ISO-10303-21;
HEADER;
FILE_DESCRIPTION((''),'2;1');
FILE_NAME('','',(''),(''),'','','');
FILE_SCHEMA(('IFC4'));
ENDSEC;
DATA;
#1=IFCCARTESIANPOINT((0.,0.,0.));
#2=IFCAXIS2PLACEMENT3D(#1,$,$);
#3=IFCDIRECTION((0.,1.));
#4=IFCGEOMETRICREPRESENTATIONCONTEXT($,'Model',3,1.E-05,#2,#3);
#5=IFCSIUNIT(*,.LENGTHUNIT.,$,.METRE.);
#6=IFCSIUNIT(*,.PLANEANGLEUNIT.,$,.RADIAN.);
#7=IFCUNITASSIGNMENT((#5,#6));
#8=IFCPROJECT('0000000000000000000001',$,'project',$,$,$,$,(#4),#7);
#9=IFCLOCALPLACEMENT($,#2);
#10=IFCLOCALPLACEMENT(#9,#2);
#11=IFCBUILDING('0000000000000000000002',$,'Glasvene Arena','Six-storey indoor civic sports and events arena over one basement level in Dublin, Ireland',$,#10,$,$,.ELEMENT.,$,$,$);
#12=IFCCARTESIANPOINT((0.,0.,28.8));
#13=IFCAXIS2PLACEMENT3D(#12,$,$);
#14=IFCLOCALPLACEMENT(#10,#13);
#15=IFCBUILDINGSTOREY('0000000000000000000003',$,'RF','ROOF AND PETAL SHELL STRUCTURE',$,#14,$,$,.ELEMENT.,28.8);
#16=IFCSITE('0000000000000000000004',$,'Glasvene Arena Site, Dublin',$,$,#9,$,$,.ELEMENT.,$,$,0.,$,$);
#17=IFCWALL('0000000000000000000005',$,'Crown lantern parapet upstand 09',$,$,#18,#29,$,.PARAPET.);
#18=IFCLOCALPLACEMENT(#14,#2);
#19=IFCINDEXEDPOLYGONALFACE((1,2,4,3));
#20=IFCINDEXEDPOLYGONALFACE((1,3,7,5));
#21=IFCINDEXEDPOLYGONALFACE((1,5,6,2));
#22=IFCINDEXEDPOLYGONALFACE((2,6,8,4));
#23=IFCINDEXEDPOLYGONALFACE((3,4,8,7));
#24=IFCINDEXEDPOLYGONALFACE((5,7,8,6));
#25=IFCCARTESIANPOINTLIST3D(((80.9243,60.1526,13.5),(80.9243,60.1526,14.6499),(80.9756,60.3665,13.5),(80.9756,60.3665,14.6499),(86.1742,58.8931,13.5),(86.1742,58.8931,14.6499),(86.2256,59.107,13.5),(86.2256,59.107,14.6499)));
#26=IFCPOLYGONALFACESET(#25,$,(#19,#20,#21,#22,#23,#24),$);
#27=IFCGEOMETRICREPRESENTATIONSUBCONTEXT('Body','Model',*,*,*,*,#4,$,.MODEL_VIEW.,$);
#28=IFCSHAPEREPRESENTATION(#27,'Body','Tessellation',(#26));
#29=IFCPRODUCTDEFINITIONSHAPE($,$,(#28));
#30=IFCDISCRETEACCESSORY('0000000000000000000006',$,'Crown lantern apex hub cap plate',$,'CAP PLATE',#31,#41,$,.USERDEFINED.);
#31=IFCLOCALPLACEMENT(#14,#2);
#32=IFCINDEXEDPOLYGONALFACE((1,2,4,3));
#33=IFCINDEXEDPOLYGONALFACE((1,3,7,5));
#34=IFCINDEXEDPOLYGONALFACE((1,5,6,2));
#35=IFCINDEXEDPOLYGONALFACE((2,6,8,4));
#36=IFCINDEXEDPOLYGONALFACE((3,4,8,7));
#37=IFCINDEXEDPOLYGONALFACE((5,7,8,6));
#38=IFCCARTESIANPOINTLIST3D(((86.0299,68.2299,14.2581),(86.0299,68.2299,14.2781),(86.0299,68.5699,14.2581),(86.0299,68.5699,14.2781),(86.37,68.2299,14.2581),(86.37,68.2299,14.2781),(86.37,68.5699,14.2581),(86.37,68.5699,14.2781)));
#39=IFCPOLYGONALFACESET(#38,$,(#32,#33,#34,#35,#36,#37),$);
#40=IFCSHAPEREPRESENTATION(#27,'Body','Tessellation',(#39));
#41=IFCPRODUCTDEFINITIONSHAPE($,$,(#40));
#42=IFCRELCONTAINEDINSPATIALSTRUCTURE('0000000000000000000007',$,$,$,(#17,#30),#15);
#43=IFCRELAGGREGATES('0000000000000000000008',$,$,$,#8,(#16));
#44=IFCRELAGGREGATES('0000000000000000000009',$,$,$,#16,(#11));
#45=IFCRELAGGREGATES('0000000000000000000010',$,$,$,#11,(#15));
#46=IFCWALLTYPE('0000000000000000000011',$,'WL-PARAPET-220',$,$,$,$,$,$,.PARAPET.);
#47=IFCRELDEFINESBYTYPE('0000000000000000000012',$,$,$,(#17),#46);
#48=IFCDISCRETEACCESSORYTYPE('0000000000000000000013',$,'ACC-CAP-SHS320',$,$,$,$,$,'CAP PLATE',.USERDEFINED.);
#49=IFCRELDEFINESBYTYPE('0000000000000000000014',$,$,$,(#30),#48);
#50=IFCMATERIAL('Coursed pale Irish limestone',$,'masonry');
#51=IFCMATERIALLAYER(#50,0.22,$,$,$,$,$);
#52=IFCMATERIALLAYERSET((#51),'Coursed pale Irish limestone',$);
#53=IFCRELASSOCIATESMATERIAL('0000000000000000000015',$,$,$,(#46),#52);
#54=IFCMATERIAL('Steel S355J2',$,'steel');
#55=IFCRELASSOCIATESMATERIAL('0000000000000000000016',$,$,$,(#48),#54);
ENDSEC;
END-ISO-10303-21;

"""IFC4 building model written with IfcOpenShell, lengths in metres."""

from ifc_helpers import new_model, si_unit, direction, frame, frame_2d, origin, origin_2d, place, context, subcontext, project, spatial, rectangle, extrude, material, layer, layer_set, type_object, element, save


model = new_model("IFC4")

# Units and contexts
model_context = context("Model", 3, precision=1e-05, world=origin(), true_north=direction((0.0, 1.0)))
body_context = subcontext(model_context, "Body", "Model", "MODEL_VIEW")
ifc_project = project(units=[si_unit("LENGTHUNIT", "METRE"), si_unit("PLANEANGLEUNIT", "RADIAN")], contexts=[model_context])

# Site, building, storey
site_placement = place(None, origin())
site = spatial("IfcSite", under=ifc_project, at=site_placement, Name="Glasvene Arena Site, Dublin", CompositionType="ELEMENT", RefElevation=0.0)
building_placement = place(site_placement, origin())
building = spatial("IfcBuilding", under=site, at=building_placement, Name="Glasvene Arena", Description="Six-storey indoor civic sports and events arena over one basement level in Dublin, Ireland", CompositionType="ELEMENT")
storey_placement = place(building_placement, frame((0.0, 0.0, 28.8)))
storey = spatial("IfcBuildingStorey", under=building, at=storey_placement, Name="RF", Description="ROOF AND PETAL SHELL STRUCTURE", CompositionType="ELEMENT", Elevation=28.8)

# Shared definitions
ifc_material_1 = material(Name="Steel S355J2", Category="steel")

# Wall
ifc_material_2 = material(Name="Coursed pale Irish limestone", Category="masonry")
ifc_layer_1 = layer(ifc_material_2, 0.22)
ifc_layer_set_1 = layer_set([ifc_layer_1], Name="Coursed pale Irish limestone")
wall_type = type_object("IfcWallType", Name="WL-PARAPET-220", PredefinedType="PARAPET", material=ifc_layer_set_1)
wall_1_placement = place(storey_placement, frame((80.95, 60.2595, 13.5), z_axis=(0.0, 0.0, 1.0), x_axis=(0.972407, -0.233289, 0.0)))
element("IfcWall", 1, at=wall_1_placement, inside=storey, type_object=wall_type, Name="Crown lantern parapet upstand 09", PredefinedType="PARAPET", context=body_context, shape_type="SweptSolid", body=[
    extrude(rectangle(XDim=5.3989, YDim=0.22, at=frame_2d((2.6995, 0.0))), origin(), (0.0, 0.0, 1.0), 1.1499),
])

# Discrete accessory
discrete_accessory_type = type_object("IfcDiscreteAccessoryType", Name="ACC-CAP-SHS320", ElementType="CAP PLATE", PredefinedType="USERDEFINED", material=ifc_material_1)
discrete_accessory_placement = place(storey_placement, frame((86.2, 68.3999, 14.2581), z_axis=(0.0, 0.0, 1.0), x_axis=(1.0, 0.0, 0.0)))
element("IfcDiscreteAccessory", 2, at=discrete_accessory_placement, inside=storey, type_object=discrete_accessory_type, Name="Crown lantern apex hub cap plate", ObjectType="CAP PLATE", PredefinedType="USERDEFINED", context=body_context, shape_type="SweptSolid", body=[
    extrude(rectangle(XDim=0.3401, YDim=0.3401, at=origin_2d()), origin(), (0.0, 0.0, 1.0), 0.02),
])

save(model, "model.ifc")
